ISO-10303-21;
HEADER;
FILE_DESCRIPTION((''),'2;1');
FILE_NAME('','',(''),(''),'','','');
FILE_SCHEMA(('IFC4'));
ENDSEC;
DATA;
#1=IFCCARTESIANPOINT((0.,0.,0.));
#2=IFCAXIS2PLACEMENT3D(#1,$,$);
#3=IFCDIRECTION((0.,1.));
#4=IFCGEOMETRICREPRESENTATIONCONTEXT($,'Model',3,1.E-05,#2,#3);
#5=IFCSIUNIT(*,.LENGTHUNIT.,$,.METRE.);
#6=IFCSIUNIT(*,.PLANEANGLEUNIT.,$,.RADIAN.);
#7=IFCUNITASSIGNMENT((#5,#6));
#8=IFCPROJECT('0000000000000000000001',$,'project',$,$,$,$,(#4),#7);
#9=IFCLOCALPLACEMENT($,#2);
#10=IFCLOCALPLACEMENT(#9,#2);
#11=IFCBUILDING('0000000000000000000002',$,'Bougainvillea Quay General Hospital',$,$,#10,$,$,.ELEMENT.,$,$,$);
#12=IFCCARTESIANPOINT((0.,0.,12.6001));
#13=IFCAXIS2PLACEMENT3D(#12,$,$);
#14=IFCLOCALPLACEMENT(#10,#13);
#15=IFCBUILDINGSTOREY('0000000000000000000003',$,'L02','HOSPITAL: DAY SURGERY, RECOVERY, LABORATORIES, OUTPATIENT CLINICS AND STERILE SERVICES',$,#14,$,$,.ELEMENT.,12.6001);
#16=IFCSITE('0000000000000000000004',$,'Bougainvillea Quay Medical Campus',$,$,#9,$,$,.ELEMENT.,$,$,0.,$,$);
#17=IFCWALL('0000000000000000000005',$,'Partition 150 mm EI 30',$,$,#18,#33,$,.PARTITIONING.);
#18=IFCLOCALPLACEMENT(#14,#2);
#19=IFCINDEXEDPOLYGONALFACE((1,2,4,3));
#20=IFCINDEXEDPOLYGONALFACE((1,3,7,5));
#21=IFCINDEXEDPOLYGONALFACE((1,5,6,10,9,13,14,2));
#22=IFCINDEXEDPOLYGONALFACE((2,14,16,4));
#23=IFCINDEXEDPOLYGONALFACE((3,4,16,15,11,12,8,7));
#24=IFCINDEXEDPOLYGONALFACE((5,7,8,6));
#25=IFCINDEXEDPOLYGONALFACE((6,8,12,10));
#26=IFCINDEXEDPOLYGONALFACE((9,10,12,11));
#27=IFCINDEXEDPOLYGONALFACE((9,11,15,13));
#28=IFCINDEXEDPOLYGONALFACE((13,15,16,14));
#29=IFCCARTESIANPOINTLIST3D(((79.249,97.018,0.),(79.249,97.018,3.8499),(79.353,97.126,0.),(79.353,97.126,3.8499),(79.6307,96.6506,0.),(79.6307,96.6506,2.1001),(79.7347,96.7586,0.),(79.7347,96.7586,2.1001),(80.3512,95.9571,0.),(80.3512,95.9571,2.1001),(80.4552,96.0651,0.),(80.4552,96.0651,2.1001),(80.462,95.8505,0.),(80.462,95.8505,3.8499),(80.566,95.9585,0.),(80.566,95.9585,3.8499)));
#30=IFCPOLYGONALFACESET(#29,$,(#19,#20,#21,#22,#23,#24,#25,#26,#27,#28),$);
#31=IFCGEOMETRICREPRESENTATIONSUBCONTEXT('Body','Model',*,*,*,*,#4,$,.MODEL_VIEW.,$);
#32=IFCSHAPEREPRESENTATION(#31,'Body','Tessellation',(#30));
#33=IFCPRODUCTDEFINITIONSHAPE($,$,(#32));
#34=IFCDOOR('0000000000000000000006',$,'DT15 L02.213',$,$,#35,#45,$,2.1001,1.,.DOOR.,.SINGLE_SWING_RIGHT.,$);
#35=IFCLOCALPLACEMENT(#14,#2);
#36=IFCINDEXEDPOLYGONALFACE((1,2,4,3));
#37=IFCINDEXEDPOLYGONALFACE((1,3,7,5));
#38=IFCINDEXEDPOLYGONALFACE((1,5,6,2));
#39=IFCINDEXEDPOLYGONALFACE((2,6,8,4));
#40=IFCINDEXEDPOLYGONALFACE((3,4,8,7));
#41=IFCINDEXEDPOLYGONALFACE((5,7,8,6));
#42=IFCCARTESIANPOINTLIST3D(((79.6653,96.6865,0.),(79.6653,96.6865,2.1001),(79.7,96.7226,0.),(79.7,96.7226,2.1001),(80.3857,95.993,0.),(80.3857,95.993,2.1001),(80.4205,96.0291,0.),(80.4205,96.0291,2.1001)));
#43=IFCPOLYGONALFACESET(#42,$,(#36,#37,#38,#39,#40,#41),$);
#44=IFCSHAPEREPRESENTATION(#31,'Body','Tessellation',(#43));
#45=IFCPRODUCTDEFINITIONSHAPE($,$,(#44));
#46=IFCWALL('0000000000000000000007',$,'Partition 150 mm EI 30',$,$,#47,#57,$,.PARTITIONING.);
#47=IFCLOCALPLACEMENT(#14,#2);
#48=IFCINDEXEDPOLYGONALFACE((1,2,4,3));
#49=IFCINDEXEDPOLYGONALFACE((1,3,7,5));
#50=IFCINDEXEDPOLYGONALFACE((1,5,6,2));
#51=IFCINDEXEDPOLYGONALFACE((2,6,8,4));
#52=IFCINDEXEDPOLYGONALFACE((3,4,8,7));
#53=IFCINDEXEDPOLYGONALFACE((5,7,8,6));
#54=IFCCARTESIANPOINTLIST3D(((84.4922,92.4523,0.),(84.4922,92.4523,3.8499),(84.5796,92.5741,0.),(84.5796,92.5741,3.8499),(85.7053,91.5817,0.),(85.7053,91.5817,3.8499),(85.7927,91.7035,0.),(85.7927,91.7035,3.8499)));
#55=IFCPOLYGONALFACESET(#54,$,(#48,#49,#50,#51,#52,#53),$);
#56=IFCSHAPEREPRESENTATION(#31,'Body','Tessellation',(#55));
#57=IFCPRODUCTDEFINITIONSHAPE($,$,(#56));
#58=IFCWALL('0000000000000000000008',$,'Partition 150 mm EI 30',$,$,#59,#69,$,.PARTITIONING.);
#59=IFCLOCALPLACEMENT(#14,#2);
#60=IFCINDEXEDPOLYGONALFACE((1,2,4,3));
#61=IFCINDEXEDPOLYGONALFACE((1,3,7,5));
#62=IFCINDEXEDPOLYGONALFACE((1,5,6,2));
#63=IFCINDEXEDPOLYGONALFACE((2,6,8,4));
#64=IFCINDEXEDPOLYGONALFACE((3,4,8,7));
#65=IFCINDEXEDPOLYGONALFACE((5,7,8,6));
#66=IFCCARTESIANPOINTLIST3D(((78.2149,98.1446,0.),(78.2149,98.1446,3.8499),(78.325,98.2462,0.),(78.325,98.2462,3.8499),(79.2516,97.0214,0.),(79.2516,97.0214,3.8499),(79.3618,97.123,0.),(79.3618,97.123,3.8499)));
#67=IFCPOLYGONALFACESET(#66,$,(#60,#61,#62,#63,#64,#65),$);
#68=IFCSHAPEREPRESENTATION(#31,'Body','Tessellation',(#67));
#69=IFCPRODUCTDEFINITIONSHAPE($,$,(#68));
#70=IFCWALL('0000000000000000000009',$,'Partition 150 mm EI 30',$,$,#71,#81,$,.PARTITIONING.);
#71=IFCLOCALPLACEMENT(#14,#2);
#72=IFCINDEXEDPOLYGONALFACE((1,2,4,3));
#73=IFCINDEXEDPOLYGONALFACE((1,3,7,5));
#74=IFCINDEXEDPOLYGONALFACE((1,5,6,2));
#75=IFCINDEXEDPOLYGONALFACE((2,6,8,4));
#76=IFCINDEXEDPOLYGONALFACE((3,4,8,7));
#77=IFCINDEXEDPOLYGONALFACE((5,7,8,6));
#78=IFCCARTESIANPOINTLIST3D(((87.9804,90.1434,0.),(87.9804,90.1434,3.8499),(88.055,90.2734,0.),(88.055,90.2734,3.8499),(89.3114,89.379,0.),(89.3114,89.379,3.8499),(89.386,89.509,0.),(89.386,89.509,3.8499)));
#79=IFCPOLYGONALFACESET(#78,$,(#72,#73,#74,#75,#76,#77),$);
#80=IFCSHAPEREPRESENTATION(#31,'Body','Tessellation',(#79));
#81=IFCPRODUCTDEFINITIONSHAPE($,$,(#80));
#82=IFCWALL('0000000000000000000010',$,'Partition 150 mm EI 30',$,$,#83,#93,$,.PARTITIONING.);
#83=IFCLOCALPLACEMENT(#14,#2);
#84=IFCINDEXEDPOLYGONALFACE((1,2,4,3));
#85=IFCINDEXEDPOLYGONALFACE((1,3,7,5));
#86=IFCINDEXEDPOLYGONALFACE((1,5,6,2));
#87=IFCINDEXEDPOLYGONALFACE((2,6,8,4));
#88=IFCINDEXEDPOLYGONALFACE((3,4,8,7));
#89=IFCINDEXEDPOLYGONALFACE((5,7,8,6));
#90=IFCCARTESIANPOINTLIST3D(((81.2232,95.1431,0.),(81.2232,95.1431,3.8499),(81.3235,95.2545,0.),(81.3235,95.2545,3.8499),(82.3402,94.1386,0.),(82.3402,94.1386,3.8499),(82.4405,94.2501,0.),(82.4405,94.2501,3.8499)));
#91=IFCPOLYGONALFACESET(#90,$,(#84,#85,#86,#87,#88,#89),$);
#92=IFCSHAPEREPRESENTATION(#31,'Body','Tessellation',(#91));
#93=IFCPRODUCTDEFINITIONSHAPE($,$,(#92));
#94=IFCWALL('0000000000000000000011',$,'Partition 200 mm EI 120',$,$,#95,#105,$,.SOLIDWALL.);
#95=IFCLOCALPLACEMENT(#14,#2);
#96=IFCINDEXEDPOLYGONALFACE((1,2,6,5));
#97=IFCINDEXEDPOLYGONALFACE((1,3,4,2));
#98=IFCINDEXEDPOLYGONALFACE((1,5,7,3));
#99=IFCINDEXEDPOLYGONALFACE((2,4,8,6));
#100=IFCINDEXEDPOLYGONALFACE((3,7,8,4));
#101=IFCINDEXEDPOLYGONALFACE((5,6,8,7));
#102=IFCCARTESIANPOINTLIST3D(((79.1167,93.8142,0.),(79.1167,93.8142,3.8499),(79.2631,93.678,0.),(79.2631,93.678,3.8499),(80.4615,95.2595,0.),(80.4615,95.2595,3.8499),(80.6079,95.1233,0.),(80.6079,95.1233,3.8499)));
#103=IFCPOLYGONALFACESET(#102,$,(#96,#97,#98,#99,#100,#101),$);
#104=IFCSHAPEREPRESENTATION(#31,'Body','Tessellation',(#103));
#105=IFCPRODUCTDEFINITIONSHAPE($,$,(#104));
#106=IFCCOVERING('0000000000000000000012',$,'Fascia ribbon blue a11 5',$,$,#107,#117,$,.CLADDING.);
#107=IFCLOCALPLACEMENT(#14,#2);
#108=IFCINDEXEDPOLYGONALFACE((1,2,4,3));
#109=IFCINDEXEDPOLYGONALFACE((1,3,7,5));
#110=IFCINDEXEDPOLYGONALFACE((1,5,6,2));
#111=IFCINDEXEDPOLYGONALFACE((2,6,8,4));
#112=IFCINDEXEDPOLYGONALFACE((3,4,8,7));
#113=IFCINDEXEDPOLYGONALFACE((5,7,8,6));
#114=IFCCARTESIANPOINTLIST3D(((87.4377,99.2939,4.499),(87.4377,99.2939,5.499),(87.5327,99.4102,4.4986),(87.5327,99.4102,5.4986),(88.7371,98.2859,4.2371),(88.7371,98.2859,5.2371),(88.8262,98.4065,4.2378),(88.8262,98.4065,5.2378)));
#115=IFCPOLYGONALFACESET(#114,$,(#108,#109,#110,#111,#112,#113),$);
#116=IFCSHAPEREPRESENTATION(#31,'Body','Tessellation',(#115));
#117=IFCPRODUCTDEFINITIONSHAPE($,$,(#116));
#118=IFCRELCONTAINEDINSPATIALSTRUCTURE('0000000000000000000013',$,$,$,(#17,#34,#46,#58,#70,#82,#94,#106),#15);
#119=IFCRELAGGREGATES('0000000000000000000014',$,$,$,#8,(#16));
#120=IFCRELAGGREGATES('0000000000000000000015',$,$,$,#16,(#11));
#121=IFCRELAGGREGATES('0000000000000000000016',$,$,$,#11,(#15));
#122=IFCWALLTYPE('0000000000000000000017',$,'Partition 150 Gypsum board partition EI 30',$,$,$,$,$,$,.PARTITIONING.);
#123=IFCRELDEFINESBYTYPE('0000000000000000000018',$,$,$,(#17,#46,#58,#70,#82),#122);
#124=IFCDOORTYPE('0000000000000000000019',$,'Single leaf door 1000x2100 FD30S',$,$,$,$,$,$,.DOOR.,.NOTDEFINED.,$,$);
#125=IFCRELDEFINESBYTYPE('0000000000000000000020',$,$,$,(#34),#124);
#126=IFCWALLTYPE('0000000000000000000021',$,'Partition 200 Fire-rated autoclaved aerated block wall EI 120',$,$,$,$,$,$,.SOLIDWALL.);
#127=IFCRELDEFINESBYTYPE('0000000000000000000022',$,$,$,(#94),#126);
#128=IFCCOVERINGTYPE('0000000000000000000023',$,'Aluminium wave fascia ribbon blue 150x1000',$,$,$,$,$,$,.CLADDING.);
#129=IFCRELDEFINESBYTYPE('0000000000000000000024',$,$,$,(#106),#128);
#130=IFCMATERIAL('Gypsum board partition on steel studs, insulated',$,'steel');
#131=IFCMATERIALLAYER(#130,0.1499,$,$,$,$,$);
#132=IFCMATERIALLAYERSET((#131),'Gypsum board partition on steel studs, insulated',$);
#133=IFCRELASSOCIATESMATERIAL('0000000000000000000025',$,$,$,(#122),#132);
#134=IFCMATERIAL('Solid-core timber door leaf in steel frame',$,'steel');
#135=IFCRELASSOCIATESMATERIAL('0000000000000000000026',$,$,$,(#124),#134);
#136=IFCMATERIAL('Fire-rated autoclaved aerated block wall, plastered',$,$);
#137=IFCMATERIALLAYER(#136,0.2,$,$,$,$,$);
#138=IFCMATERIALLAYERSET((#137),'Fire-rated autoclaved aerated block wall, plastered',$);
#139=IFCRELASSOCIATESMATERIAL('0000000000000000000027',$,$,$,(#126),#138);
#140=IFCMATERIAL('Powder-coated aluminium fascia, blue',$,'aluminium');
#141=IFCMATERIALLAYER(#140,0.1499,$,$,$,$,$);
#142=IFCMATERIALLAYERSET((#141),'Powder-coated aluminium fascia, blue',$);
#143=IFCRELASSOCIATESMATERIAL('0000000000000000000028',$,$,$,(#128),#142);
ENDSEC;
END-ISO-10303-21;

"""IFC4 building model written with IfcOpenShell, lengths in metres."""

from ifc_helpers import new_model, si_unit, direction, frame, frame_2d, origin, place, context, subcontext, project, spatial, polyline, rectangle, outline, extrude, material, layer, layer_set, type_object, element, fill, save


model = new_model("IFC4")

# Units and contexts
model_context = context("Model", 3, precision=1e-05, world=origin(), true_north=direction((0.0, 1.0)))
body_context = subcontext(model_context, "Body", "Model", "MODEL_VIEW")
ifc_project = project(units=[si_unit("LENGTHUNIT", "METRE"), si_unit("PLANEANGLEUNIT", "RADIAN")], contexts=[model_context])

# Site, building, storey
site_placement = place(None, origin())
site = spatial("IfcSite", under=ifc_project, at=site_placement, Name="Bougainvillea Quay Medical Campus", CompositionType="ELEMENT", RefElevation=0.0)
building_placement = place(site_placement, origin())
building = spatial("IfcBuilding", under=site, at=building_placement, Name="Bougainvillea Quay General Hospital", CompositionType="ELEMENT")
storey_placement = place(building_placement, frame((0.0, 0.0, 12.6001)))
storey = spatial("IfcBuildingStorey", under=building, at=storey_placement, Name="L02", Description="HOSPITAL: DAY SURGERY, RECOVERY, LABORATORIES, OUTPATIENT CLINICS AND STERILE SERVICES", CompositionType="ELEMENT", Elevation=12.6001)

# Shared definitions
ifc_material_1 = material(Name="Gypsum board partition on steel studs, insulated", Category="steel")
ifc_layer_1 = layer(ifc_material_1, 0.1499)
ifc_layer_set_1 = layer_set([ifc_layer_1], Name="Gypsum board partition on steel studs, insulated")
wall_type_1 = type_object("IfcWallType", Name="Partition 150 Gypsum board partition EI 30", PredefinedType="PARTITIONING", material=ifc_layer_set_1)

# Wall, opening, door
ifc_material_2 = material(Name="Solid-core timber door leaf in steel frame", Category="steel")
door_type = type_object("IfcDoorType", Name="Single leaf door 1000x2100 FD30S", OperationType="NOTDEFINED", PredefinedType="DOOR", material=ifc_material_2)
wall_1_placement = place(storey_placement, frame((79.301, 97.072, 0.0), z_axis=(0.0, 0.0, 1.0), x_axis=(0.720465, -0.693491, 0.0)))
wall_1 = element("IfcWall", 1, at=wall_1_placement, inside=storey, type_object=wall_type_1, Name="Partition 150 mm EI 30", PredefinedType="PARTITIONING", context=body_context, shape_type="SweptSolid", body=[
    extrude(rectangle(XDim=1.6836, YDim=0.1499, at=frame_2d((0.8418, 0.0))), origin(), (0.0, 0.0, 1.0), 3.8499),
])
opening_1_placement = place(wall_1_placement, frame((0.5298, 0.0, 0.0)))
opening_1 = element("IfcOpeningElement", 2, at=opening_1_placement, cuts=wall_1, PredefinedType="OPENING", context=body_context, shape_type="SweptSolid", body=[
    extrude(rectangle(XDim=1.0, YDim=2.1001, at=frame_2d((0.5, 1.05))), frame((0.0, 0.085, 0.0), z_axis=(0.0, -1.0, 0.0), x_axis=(1.0, 0.0, 0.0)), (0.0, 0.0, 1.0), 0.1699),
])
door_1_placement = place(opening_1_placement, origin())
door_1 = element("IfcDoor", 3, at=door_1_placement, inside=storey, type_object=door_type, Name="DT15 L02.213", OperationType="SINGLE_SWING_RIGHT", OverallHeight=2.1001, OverallWidth=1.0, PredefinedType="DOOR", context=body_context, shape_type="SweptSolid", body=[
    extrude(rectangle(XDim=1.0, YDim=2.1001, at=frame_2d((0.5, 1.05))), frame((0.0, 0.0249, 0.0), z_axis=(0.0, -1.0, 0.0), x_axis=(1.0, 0.0, 0.0)), (0.0, 0.0, 1.0), 0.05),
])
fill(opening_1, door_1)

# Walls
wall_2_placement = place(storey_placement, frame((84.5359, 92.5132, 0.0), z_axis=(0.0, 0.0, 1.0), x_axis=(0.812439, -0.583046, 0.0)))
element("IfcWall", 4, at=wall_2_placement, inside=storey, type_object=wall_type_1, Name="Partition 150 mm EI 30", PredefinedType="PARTITIONING", context=body_context, shape_type="SweptSolid", body=[
    extrude(rectangle(XDim=1.4932, YDim=0.1499, at=frame_2d((0.7466, 0.0))), origin(), (0.0, 0.0, 1.0), 3.8499),
])
wall_3_placement = place(storey_placement, frame((78.27, 98.1953, 0.0), z_axis=(0.0, 0.0, 1.0), x_axis=(0.678273, -0.73481, 0.0)))
element("IfcWall", 5, at=wall_3_placement, inside=storey, type_object=wall_type_1, Name="Partition 150 mm EI 30", PredefinedType="PARTITIONING", context=body_context, shape_type="SweptSolid", body=[
    extrude(rectangle(XDim=1.5286, YDim=0.1499, at=frame_2d((0.7642, 0.0))), origin(), (0.0, 0.0, 1.0), 3.8499),
])
wall_4_placement = place(storey_placement, frame((88.0176, 90.2085, 0.0), z_axis=(0.0, 0.0, 1.0), x_axis=(0.867174, -0.498005, 0.0)))
element("IfcWall", 6, at=wall_4_placement, inside=storey, type_object=wall_type_1, Name="Partition 150 mm EI 30", PredefinedType="PARTITIONING", context=body_context, shape_type="SweptSolid", body=[
    extrude(rectangle(XDim=1.5349, YDim=0.1499, at=frame_2d((0.7676, 0.0))), origin(), (0.0, 0.0, 1.0), 3.8499),
])
wall_5_placement = place(storey_placement, frame((81.2734, 95.1987, 0.0), z_axis=(0.0, 0.0, 1.0), x_axis=(0.743577, -0.66865, 0.0)))
element("IfcWall", 7, at=wall_5_placement, inside=storey, type_object=wall_type_1, Name="Partition 150 mm EI 30", PredefinedType="PARTITIONING", context=body_context, shape_type="SweptSolid", body=[
    extrude(rectangle(XDim=1.5022, YDim=0.1499, at=frame_2d((0.751, 0.0))), origin(), (0.0, 0.0, 1.0), 3.8499),
])
ifc_material_3 = material(Name="Fire-rated autoclaved aerated block wall, plastered")
ifc_layer_2 = layer(ifc_material_3, 0.2)
ifc_layer_set_2 = layer_set([ifc_layer_2], Name="Fire-rated autoclaved aerated block wall, plastered")
wall_type_2 = type_object("IfcWallType", Name="Partition 200 Fire-rated autoclaved aerated block wall EI 120", PredefinedType="SOLIDWALL", material=ifc_layer_set_2)
wall_6_placement = place(storey_placement, frame((79.1899, 93.7461, 0.0), z_axis=(0.0, 0.0, 1.0), x_axis=(0.681172, 0.732124, 0.0)))
element("IfcWall", 8, at=wall_6_placement, inside=storey, type_object=wall_type_2, Name="Partition 200 mm EI 120", PredefinedType="SOLIDWALL", context=body_context, shape_type="SweptSolid", body=[
    extrude(rectangle(XDim=1.9741, YDim=0.2, at=frame_2d((0.9871, 0.0))), origin(), (0.0, 0.0, 1.0), 3.8499),
])

# Covering
ifc_material_4 = material(Name="Powder-coated aluminium fascia, blue", Category="aluminium")
ifc_layer_3 = layer(ifc_material_4, 0.1499)
ifc_layer_set_3 = layer_set([ifc_layer_3], Name="Powder-coated aluminium fascia, blue")
covering_type = type_object("IfcCoveringType", Name="Aluminium wave fascia ribbon blue 150x1000", PredefinedType="CLADDING", material=ifc_layer_set_3)
covering_placement = place(storey_placement, frame((88.8262, 98.4065, 4.2378), z_axis=(0.123697, -0.09717, 0.987551), x_axis=(-0.780215, 0.605411, 0.157296)))
element("IfcCovering", 9, at=covering_placement, inside=storey, type_object=covering_type, Name="Fascia ribbon blue a11 5", PredefinedType="CLADDING", context=body_context, shape_type="SweptSolid", body=[
    extrude(outline(polyline([(0.0, 0.0), (1.6578, 0.0), (1.6616, 0.15), (-0.0036, 0.1499), (0.0, 0.0)])), origin(), (0.157296, -0.000926, 0.987551), 1.0),
])

save(model, "model.ifc")
